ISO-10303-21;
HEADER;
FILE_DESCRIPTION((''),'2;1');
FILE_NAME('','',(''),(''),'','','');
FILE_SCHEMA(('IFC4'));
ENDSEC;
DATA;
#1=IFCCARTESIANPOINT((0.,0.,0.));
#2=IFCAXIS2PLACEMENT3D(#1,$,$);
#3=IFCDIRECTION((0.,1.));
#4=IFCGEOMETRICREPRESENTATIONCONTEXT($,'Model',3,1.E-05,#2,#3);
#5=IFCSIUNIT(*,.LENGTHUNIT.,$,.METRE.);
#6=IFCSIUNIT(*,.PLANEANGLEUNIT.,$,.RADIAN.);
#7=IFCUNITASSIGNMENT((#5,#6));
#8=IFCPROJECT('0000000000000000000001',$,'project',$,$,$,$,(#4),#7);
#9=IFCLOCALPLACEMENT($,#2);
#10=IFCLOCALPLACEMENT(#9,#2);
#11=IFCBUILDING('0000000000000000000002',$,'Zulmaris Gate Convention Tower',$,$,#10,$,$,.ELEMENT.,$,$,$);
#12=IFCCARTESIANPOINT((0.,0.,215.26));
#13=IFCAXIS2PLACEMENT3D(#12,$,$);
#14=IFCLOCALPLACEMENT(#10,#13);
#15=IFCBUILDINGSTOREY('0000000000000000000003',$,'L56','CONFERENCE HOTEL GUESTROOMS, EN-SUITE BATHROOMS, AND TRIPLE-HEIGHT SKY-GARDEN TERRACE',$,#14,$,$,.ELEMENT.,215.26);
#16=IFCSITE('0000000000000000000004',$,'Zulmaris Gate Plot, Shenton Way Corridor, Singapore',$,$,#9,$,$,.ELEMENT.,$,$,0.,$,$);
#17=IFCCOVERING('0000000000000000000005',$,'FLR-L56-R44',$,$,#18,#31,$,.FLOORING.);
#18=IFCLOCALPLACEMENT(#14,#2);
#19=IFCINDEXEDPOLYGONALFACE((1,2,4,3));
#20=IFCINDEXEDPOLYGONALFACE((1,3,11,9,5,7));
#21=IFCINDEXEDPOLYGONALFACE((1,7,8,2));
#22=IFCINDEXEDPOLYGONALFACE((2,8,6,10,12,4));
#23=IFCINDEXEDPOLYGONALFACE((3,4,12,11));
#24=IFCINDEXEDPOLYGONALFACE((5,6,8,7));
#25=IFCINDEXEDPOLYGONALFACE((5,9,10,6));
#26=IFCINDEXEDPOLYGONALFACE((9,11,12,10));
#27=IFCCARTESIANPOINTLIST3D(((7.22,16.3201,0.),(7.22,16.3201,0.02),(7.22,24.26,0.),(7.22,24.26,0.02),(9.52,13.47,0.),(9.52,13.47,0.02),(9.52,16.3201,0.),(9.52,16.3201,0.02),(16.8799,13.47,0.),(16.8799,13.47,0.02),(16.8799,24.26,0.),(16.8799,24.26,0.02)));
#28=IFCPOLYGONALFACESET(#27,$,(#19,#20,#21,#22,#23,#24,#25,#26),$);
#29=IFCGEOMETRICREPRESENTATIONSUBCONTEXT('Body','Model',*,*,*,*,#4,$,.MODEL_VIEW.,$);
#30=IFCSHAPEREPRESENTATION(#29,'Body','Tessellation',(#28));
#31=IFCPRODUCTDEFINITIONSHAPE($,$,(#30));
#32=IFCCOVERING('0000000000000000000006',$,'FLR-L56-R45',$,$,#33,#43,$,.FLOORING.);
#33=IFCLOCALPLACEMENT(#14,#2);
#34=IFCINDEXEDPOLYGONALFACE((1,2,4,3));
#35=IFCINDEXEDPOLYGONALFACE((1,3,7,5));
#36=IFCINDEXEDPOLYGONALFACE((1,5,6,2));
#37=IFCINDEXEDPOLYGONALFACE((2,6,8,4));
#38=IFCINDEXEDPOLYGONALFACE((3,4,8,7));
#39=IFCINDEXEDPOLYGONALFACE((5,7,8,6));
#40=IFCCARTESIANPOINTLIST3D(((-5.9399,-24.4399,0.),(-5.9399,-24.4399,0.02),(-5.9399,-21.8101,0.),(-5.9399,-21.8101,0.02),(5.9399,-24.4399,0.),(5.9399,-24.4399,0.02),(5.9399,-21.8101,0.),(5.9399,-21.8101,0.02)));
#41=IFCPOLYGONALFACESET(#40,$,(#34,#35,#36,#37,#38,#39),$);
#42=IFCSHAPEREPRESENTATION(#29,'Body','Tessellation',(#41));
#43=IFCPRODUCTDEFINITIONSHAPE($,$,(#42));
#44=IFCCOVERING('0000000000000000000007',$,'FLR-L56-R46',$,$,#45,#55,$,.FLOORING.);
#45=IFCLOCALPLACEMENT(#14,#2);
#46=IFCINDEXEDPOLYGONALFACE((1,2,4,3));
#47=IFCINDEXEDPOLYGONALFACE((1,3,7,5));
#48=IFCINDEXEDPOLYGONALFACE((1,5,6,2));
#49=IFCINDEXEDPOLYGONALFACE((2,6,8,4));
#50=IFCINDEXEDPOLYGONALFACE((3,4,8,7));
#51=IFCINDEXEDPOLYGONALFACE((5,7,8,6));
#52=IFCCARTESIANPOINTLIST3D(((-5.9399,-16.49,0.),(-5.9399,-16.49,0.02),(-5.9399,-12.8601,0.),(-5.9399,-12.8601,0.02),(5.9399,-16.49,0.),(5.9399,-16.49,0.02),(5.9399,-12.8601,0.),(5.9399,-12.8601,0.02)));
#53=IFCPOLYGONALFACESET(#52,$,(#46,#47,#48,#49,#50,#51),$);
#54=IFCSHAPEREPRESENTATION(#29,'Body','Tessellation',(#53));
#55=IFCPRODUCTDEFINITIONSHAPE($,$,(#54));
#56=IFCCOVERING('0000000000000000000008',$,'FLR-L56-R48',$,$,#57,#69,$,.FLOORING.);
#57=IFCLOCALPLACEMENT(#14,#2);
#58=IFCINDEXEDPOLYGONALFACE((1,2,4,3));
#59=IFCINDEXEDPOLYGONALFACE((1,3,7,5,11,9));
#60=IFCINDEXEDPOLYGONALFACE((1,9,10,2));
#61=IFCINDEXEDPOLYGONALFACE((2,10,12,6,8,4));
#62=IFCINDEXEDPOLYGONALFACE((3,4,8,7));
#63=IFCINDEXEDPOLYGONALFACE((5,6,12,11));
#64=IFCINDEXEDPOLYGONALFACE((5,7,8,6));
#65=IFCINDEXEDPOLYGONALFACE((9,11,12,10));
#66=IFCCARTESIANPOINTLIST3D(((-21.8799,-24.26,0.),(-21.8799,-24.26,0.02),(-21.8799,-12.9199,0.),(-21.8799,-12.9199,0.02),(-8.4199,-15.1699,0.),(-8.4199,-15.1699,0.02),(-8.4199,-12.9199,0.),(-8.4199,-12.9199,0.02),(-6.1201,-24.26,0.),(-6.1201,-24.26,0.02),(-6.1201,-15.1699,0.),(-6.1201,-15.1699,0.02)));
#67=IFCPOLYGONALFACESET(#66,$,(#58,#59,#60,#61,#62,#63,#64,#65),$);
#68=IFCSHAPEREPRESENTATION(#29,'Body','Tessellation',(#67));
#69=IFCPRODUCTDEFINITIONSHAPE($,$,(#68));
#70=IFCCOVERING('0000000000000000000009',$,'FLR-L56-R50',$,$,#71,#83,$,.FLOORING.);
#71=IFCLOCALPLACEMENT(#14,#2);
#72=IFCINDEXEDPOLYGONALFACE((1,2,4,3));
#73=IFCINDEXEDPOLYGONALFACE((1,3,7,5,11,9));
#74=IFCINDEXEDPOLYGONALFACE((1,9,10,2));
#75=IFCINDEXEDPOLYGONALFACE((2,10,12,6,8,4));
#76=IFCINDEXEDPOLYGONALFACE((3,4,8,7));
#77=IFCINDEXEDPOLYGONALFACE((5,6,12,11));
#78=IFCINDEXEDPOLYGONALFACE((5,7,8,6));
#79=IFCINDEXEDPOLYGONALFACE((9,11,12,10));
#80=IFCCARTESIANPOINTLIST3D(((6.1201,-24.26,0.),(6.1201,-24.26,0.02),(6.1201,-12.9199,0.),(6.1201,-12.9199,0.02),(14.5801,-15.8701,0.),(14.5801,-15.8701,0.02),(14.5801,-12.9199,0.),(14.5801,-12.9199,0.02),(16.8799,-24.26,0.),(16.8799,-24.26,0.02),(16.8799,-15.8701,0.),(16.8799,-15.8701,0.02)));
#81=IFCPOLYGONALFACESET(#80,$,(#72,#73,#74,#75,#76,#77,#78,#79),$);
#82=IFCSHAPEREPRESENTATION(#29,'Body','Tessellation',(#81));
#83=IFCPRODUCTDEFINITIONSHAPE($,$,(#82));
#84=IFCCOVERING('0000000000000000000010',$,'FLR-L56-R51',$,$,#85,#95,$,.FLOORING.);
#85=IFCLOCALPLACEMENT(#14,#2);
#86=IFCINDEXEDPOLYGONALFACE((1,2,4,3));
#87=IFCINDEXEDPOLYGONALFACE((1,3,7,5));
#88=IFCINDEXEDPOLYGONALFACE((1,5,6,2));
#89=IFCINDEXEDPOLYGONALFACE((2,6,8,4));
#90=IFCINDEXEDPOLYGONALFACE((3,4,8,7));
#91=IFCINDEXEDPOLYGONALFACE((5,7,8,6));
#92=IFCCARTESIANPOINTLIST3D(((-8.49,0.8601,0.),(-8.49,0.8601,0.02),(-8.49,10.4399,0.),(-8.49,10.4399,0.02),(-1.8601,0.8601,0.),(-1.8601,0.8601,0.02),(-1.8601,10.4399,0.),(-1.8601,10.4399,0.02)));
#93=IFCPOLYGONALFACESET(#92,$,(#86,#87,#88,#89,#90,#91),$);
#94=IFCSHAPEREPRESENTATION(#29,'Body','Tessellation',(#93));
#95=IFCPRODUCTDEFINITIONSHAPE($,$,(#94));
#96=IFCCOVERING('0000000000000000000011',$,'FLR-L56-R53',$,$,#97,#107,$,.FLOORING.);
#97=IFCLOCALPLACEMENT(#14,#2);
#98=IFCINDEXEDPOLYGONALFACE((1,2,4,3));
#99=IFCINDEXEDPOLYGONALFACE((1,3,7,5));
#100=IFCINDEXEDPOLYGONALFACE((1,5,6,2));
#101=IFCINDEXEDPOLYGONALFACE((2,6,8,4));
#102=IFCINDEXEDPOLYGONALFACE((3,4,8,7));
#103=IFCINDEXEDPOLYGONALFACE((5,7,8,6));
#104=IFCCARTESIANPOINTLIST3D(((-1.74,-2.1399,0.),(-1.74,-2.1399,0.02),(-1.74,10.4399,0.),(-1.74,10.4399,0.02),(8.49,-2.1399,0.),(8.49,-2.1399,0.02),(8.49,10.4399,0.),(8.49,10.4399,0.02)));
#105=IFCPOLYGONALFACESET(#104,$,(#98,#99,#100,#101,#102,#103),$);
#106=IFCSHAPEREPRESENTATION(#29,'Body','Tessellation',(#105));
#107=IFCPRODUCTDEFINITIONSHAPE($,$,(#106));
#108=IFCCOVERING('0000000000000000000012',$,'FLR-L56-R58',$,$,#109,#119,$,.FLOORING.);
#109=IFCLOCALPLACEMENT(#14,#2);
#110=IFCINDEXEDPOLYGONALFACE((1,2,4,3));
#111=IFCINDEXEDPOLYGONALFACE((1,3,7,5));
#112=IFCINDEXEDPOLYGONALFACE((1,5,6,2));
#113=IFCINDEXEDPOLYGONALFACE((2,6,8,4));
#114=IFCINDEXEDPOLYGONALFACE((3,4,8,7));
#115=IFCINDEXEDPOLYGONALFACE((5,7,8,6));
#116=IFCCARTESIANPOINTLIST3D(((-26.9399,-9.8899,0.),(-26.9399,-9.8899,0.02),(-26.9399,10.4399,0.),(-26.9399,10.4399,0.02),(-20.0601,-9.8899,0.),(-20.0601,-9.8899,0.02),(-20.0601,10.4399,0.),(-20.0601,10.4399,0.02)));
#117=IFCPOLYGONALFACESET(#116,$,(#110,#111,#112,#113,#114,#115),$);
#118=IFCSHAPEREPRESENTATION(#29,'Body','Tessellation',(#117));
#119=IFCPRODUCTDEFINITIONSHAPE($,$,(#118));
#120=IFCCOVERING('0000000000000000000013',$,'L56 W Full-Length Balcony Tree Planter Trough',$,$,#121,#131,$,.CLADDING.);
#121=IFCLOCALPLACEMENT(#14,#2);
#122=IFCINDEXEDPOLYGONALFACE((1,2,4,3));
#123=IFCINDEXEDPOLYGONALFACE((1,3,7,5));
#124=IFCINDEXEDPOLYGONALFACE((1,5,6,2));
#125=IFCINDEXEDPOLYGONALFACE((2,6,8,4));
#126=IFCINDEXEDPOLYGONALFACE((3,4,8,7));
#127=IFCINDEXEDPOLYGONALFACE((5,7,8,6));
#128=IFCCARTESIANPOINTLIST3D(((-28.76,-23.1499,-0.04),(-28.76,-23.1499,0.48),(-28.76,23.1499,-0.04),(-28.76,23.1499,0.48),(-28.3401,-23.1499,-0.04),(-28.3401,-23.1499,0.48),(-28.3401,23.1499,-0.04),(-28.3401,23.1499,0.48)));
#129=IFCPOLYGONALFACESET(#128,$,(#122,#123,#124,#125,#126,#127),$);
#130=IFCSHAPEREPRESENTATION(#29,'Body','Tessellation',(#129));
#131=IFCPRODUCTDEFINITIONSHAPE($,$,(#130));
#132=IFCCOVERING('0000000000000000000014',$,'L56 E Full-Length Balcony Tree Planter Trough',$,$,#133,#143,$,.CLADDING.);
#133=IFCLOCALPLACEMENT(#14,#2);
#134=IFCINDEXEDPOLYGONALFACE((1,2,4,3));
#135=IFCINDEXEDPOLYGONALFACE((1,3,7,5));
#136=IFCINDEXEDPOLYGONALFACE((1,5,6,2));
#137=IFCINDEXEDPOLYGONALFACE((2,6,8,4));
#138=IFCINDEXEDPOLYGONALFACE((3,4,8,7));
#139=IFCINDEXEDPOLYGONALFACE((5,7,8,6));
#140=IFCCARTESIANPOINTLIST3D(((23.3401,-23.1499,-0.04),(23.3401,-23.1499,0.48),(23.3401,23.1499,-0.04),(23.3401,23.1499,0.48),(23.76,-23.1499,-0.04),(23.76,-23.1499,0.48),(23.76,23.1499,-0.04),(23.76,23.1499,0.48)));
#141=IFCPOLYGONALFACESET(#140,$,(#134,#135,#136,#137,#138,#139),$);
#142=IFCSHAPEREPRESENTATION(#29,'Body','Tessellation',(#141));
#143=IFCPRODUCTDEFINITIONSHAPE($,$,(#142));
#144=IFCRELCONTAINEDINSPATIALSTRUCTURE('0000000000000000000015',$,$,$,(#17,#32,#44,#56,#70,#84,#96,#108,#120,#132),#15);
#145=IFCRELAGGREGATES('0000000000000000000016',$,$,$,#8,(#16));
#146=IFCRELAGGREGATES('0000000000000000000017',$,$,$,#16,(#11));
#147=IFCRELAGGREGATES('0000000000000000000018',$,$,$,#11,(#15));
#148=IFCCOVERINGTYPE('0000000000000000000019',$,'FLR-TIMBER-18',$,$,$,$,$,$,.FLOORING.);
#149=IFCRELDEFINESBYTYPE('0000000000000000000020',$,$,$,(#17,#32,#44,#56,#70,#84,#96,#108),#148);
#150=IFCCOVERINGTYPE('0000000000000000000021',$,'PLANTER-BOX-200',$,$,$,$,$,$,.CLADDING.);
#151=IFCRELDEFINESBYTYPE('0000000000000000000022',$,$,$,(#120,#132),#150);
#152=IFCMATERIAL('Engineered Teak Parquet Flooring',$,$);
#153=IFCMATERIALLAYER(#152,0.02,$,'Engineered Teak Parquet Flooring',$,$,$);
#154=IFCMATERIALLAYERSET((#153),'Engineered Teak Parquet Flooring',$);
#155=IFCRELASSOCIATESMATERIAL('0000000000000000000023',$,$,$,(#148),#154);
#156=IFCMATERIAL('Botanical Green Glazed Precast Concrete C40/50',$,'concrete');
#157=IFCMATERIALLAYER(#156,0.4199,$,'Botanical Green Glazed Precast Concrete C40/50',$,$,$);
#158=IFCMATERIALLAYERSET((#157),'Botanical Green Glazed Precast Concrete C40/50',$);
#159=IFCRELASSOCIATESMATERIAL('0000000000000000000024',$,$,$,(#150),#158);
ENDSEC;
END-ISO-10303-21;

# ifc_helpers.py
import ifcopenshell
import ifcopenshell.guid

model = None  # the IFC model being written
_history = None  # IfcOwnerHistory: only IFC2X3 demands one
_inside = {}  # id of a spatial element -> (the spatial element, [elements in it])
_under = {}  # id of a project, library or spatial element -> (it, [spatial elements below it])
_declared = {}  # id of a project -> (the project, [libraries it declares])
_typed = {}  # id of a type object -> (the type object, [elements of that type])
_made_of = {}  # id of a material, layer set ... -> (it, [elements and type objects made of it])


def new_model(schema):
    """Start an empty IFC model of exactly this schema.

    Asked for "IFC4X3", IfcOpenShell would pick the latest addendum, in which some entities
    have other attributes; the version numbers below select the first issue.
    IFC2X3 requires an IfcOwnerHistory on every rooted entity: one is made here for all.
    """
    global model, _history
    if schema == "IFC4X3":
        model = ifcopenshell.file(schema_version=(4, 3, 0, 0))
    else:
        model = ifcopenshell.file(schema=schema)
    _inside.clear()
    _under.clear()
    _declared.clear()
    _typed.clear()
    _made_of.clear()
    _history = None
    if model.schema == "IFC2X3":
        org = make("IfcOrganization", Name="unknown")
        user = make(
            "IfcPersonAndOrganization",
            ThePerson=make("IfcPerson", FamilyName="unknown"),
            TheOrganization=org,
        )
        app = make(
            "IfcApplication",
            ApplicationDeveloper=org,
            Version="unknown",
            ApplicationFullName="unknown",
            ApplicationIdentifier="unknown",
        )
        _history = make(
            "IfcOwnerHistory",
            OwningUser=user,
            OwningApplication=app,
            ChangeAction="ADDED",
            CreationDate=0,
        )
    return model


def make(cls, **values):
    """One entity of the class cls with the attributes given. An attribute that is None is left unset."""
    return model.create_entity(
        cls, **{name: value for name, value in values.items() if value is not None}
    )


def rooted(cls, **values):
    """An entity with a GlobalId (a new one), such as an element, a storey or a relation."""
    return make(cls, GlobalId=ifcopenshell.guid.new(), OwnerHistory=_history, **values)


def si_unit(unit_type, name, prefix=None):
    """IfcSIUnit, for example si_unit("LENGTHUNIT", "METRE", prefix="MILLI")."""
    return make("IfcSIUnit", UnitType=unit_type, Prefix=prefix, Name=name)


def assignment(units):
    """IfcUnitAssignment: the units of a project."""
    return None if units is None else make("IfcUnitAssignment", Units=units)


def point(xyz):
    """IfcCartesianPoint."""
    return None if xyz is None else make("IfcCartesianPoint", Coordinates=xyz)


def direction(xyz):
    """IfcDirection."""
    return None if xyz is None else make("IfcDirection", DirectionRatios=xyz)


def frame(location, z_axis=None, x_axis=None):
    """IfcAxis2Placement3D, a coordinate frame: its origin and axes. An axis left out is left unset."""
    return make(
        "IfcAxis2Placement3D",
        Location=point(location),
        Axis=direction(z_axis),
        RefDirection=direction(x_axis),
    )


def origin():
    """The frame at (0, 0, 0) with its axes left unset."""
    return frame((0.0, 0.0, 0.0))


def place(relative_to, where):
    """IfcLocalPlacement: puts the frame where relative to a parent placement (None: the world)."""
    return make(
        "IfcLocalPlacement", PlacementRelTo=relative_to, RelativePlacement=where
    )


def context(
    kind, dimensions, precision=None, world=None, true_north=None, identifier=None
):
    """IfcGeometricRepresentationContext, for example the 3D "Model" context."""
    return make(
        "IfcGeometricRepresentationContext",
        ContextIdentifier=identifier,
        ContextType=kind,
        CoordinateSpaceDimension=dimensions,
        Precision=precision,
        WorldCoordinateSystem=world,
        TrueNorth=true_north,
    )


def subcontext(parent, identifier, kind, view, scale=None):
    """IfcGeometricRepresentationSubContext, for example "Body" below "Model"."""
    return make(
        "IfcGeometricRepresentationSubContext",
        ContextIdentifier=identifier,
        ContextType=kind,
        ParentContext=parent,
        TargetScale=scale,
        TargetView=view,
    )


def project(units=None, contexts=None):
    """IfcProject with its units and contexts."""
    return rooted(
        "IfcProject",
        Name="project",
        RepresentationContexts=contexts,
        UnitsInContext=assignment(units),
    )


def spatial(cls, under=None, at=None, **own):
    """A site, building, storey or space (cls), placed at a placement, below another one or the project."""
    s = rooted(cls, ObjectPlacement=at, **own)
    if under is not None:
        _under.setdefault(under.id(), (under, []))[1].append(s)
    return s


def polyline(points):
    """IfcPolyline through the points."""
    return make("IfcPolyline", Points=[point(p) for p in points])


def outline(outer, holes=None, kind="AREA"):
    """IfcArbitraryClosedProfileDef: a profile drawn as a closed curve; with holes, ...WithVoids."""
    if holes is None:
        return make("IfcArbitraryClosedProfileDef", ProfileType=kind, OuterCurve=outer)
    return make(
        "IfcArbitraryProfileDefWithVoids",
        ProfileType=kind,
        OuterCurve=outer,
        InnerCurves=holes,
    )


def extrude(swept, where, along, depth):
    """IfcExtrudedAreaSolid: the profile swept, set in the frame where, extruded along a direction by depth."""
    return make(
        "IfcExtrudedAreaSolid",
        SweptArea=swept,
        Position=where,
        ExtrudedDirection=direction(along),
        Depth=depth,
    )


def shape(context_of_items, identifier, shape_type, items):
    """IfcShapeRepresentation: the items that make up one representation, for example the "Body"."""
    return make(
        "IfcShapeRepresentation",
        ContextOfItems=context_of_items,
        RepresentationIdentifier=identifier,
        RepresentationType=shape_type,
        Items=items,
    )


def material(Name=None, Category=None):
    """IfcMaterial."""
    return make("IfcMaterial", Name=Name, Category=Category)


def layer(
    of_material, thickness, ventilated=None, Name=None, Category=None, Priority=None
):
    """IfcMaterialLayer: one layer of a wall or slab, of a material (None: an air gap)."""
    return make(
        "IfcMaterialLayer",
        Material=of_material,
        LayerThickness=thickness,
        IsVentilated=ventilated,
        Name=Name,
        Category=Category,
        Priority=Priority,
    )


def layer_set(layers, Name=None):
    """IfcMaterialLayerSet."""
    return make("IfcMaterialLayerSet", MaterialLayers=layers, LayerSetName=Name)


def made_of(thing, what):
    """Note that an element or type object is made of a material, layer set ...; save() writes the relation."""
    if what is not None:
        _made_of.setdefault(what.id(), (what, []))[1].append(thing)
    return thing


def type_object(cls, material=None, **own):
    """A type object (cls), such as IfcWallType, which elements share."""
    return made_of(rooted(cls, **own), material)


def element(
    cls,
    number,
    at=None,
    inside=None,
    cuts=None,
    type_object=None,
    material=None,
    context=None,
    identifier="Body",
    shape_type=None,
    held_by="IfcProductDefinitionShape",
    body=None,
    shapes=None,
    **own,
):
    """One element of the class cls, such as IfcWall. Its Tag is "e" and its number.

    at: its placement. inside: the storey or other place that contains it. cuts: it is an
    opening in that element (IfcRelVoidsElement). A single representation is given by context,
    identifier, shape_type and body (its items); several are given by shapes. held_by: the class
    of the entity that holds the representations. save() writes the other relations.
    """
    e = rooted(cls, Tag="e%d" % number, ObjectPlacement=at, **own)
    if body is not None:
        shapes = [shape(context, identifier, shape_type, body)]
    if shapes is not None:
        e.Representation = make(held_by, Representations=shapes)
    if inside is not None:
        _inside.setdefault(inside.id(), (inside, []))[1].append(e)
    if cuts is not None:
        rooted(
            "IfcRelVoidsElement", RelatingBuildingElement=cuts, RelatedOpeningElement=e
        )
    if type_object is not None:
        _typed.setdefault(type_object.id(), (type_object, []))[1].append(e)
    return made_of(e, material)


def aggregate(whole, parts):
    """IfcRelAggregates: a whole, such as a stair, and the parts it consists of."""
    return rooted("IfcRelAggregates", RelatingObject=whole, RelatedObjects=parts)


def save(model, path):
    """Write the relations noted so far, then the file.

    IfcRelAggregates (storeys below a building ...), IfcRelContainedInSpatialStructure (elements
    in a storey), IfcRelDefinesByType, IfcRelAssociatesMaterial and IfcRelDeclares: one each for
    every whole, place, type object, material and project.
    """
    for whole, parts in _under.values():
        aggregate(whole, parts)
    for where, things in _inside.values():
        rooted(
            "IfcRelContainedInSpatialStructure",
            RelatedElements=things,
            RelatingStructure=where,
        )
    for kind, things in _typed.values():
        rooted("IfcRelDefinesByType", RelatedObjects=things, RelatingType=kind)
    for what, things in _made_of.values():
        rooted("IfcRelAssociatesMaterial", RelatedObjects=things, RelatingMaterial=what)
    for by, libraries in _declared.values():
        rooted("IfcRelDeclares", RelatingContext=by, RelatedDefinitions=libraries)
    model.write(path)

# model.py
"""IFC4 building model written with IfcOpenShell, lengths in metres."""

from ifc_helpers import new_model, si_unit, direction, frame, origin, place, context, subcontext, project, spatial, polyline, outline, extrude, material, layer, layer_set, type_object, element, save


model = new_model("IFC4")

# Units and contexts
model_context = context("Model", 3, precision=1e-05, world=origin(), true_north=direction((0.0, 1.0)))
body_context = subcontext(model_context, "Body", "Model", "MODEL_VIEW")
ifc_project = project(units=[si_unit("LENGTHUNIT", "METRE"), si_unit("PLANEANGLEUNIT", "RADIAN")], contexts=[model_context])

# Site, building, storey
site_placement = place(None, origin())
site = spatial("IfcSite", under=ifc_project, at=site_placement, Name="Zulmaris Gate Plot, Shenton Way Corridor, Singapore", CompositionType="ELEMENT", RefElevation=0.0)
building_placement = place(site_placement, origin())
building = spatial("IfcBuilding", under=site, at=building_placement, Name="Zulmaris Gate Convention Tower", CompositionType="ELEMENT")
storey_placement = place(building_placement, frame((0.0, 0.0, 215.26)))
storey = spatial("IfcBuildingStorey", under=building, at=storey_placement, Name="L56", Description="CONFERENCE HOTEL GUESTROOMS, EN-SUITE BATHROOMS, AND TRIPLE-HEIGHT SKY-GARDEN TERRACE", CompositionType="ELEMENT", Elevation=215.26)

# Coverings
ifc_material_1 = material(Name="Engineered Teak Parquet Flooring")
ifc_layer_1 = layer(ifc_material_1, 0.02, Name="Engineered Teak Parquet Flooring")
ifc_layer_set_1 = layer_set([ifc_layer_1], Name="Engineered Teak Parquet Flooring")
covering_type_1 = type_object("IfcCoveringType", Name="FLR-TIMBER-18", PredefinedType="FLOORING", material=ifc_layer_set_1)
covering_1_placement = place(storey_placement, origin())
element("IfcCovering", 1, at=covering_1_placement, inside=storey, type_object=covering_type_1, Name="FLR-L56-R44", PredefinedType="FLOORING", context=body_context, shape_type="SweptSolid", body=[
    extrude(outline(polyline([(9.52, 13.47), (16.8799, 13.47), (16.8799, 24.26), (7.22, 24.26), (7.22, 16.3201), (9.52, 16.3201), (9.52, 13.47)])), origin(), (0.0, 0.0, 1.0), 0.02),
])
covering_2_placement = place(storey_placement, origin())
element("IfcCovering", 2, at=covering_2_placement, inside=storey, type_object=covering_type_1, Name="FLR-L56-R45", PredefinedType="FLOORING", context=body_context, shape_type="SweptSolid", body=[
    extrude(outline(polyline([(-5.9399, -24.4399), (5.9399, -24.4399), (5.9399, -21.8101), (-5.9399, -21.8101), (-5.9399, -24.4399)])), origin(), (0.0, 0.0, 1.0), 0.02),
])
covering_3_placement = place(storey_placement, origin())
element("IfcCovering", 3, at=covering_3_placement, inside=storey, type_object=covering_type_1, Name="FLR-L56-R46", PredefinedType="FLOORING", context=body_context, shape_type="SweptSolid", body=[
    extrude(outline(polyline([(-5.9399, -16.49), (5.9399, -16.49), (5.9399, -12.8601), (-5.9399, -12.8601), (-5.9399, -16.49)])), origin(), (0.0, 0.0, 1.0), 0.02),
])
covering_4_placement = place(storey_placement, origin())
element("IfcCovering", 4, at=covering_4_placement, inside=storey, type_object=covering_type_1, Name="FLR-L56-R48", PredefinedType="FLOORING", context=body_context, shape_type="SweptSolid", body=[
    extrude(outline(polyline([(-21.8799, -24.26), (-6.1201, -24.26), (-6.1201, -15.1699), (-8.4199, -15.1699), (-8.4199, -12.9199), (-21.8799, -12.9199), (-21.8799, -24.26)])), origin(), (0.0, 0.0, 1.0), 0.02),
])
covering_5_placement = place(storey_placement, origin())
element("IfcCovering", 5, at=covering_5_placement, inside=storey, type_object=covering_type_1, Name="FLR-L56-R50", PredefinedType="FLOORING", context=body_context, shape_type="SweptSolid", body=[
    extrude(outline(polyline([(6.1201, -24.26), (16.8799, -24.26), (16.8799, -15.8701), (14.5801, -15.8701), (14.5801, -12.9199), (6.1201, -12.9199), (6.1201, -24.26)])), origin(), (0.0, 0.0, 1.0), 0.02),
])
covering_6_placement = place(storey_placement, origin())
element("IfcCovering", 6, at=covering_6_placement, inside=storey, type_object=covering_type_1, Name="FLR-L56-R51", PredefinedType="FLOORING", context=body_context, shape_type="SweptSolid", body=[
    extrude(outline(polyline([(-8.49, 0.8601), (-1.8601, 0.8601), (-1.8601, 10.4399), (-8.49, 10.4399), (-8.49, 0.8601)])), origin(), (0.0, 0.0, 1.0), 0.02),
])
covering_7_placement = place(storey_placement, origin())
element("IfcCovering", 7, at=covering_7_placement, inside=storey, type_object=covering_type_1, Name="FLR-L56-R53", PredefinedType="FLOORING", context=body_context, shape_type="SweptSolid", body=[
    extrude(outline(polyline([(-1.74, -2.1399), (8.49, -2.1399), (8.49, 10.4399), (-1.74, 10.4399), (-1.74, -2.1399)])), origin(), (0.0, 0.0, 1.0), 0.02),
])
covering_8_placement = place(storey_placement, origin())
element("IfcCovering", 8, at=covering_8_placement, inside=storey, type_object=covering_type_1, Name="FLR-L56-R58", PredefinedType="FLOORING", context=body_context, shape_type="SweptSolid", body=[
    extrude(outline(polyline([(-26.9399, -9.8899), (-20.0601, -9.8899), (-20.0601, 10.4399), (-26.9399, 10.4399), (-26.9399, -9.8899)])), origin(), (0.0, 0.0, 1.0), 0.02),
])
ifc_material_2 = material(Name="Botanical Green Glazed Precast Concrete C40/50", Category="concrete")
ifc_layer_2 = layer(ifc_material_2, 0.4199, Name="Botanical Green Glazed Precast Concrete C40/50")
ifc_layer_set_2 = layer_set([ifc_layer_2], Name="Botanical Green Glazed Precast Concrete C40/50")
covering_type_2 = type_object("IfcCoveringType", Name="PLANTER-BOX-200", PredefinedType="CLADDING", material=ifc_layer_set_2)
covering_9_placement = place(storey_placement, frame((0.0, 0.0, -0.04)))
element("IfcCovering", 9, at=covering_9_placement, inside=storey, type_object=covering_type_2, Name="L56 W Full-Length Balcony Tree Planter Trough", PredefinedType="CLADDING", context=body_context, shape_type="SweptSolid", body=[
    extrude(outline(polyline([(-28.76, -23.1499), (-28.3401, -23.1499), (-28.3401, 23.1499), (-28.76, 23.1499), (-28.76, -23.1499)])), origin(), (0.0, 0.0, 1.0), 0.52),
])
covering_10_placement = place(storey_placement, frame((0.0, 0.0, -0.04)))
element("IfcCovering", 10, at=covering_10_placement, inside=storey, type_object=covering_type_2, Name="L56 E Full-Length Balcony Tree Planter Trough", PredefinedType="CLADDING", context=body_context, shape_type="SweptSolid", body=[
    extrude(outline(polyline([(23.3401, -23.1499), (23.76, -23.1499), (23.76, 23.1499), (23.3401, 23.1499), (23.3401, -23.1499)])), origin(), (0.0, 0.0, 1.0), 0.52),
])

save(model, "model.ifc")
